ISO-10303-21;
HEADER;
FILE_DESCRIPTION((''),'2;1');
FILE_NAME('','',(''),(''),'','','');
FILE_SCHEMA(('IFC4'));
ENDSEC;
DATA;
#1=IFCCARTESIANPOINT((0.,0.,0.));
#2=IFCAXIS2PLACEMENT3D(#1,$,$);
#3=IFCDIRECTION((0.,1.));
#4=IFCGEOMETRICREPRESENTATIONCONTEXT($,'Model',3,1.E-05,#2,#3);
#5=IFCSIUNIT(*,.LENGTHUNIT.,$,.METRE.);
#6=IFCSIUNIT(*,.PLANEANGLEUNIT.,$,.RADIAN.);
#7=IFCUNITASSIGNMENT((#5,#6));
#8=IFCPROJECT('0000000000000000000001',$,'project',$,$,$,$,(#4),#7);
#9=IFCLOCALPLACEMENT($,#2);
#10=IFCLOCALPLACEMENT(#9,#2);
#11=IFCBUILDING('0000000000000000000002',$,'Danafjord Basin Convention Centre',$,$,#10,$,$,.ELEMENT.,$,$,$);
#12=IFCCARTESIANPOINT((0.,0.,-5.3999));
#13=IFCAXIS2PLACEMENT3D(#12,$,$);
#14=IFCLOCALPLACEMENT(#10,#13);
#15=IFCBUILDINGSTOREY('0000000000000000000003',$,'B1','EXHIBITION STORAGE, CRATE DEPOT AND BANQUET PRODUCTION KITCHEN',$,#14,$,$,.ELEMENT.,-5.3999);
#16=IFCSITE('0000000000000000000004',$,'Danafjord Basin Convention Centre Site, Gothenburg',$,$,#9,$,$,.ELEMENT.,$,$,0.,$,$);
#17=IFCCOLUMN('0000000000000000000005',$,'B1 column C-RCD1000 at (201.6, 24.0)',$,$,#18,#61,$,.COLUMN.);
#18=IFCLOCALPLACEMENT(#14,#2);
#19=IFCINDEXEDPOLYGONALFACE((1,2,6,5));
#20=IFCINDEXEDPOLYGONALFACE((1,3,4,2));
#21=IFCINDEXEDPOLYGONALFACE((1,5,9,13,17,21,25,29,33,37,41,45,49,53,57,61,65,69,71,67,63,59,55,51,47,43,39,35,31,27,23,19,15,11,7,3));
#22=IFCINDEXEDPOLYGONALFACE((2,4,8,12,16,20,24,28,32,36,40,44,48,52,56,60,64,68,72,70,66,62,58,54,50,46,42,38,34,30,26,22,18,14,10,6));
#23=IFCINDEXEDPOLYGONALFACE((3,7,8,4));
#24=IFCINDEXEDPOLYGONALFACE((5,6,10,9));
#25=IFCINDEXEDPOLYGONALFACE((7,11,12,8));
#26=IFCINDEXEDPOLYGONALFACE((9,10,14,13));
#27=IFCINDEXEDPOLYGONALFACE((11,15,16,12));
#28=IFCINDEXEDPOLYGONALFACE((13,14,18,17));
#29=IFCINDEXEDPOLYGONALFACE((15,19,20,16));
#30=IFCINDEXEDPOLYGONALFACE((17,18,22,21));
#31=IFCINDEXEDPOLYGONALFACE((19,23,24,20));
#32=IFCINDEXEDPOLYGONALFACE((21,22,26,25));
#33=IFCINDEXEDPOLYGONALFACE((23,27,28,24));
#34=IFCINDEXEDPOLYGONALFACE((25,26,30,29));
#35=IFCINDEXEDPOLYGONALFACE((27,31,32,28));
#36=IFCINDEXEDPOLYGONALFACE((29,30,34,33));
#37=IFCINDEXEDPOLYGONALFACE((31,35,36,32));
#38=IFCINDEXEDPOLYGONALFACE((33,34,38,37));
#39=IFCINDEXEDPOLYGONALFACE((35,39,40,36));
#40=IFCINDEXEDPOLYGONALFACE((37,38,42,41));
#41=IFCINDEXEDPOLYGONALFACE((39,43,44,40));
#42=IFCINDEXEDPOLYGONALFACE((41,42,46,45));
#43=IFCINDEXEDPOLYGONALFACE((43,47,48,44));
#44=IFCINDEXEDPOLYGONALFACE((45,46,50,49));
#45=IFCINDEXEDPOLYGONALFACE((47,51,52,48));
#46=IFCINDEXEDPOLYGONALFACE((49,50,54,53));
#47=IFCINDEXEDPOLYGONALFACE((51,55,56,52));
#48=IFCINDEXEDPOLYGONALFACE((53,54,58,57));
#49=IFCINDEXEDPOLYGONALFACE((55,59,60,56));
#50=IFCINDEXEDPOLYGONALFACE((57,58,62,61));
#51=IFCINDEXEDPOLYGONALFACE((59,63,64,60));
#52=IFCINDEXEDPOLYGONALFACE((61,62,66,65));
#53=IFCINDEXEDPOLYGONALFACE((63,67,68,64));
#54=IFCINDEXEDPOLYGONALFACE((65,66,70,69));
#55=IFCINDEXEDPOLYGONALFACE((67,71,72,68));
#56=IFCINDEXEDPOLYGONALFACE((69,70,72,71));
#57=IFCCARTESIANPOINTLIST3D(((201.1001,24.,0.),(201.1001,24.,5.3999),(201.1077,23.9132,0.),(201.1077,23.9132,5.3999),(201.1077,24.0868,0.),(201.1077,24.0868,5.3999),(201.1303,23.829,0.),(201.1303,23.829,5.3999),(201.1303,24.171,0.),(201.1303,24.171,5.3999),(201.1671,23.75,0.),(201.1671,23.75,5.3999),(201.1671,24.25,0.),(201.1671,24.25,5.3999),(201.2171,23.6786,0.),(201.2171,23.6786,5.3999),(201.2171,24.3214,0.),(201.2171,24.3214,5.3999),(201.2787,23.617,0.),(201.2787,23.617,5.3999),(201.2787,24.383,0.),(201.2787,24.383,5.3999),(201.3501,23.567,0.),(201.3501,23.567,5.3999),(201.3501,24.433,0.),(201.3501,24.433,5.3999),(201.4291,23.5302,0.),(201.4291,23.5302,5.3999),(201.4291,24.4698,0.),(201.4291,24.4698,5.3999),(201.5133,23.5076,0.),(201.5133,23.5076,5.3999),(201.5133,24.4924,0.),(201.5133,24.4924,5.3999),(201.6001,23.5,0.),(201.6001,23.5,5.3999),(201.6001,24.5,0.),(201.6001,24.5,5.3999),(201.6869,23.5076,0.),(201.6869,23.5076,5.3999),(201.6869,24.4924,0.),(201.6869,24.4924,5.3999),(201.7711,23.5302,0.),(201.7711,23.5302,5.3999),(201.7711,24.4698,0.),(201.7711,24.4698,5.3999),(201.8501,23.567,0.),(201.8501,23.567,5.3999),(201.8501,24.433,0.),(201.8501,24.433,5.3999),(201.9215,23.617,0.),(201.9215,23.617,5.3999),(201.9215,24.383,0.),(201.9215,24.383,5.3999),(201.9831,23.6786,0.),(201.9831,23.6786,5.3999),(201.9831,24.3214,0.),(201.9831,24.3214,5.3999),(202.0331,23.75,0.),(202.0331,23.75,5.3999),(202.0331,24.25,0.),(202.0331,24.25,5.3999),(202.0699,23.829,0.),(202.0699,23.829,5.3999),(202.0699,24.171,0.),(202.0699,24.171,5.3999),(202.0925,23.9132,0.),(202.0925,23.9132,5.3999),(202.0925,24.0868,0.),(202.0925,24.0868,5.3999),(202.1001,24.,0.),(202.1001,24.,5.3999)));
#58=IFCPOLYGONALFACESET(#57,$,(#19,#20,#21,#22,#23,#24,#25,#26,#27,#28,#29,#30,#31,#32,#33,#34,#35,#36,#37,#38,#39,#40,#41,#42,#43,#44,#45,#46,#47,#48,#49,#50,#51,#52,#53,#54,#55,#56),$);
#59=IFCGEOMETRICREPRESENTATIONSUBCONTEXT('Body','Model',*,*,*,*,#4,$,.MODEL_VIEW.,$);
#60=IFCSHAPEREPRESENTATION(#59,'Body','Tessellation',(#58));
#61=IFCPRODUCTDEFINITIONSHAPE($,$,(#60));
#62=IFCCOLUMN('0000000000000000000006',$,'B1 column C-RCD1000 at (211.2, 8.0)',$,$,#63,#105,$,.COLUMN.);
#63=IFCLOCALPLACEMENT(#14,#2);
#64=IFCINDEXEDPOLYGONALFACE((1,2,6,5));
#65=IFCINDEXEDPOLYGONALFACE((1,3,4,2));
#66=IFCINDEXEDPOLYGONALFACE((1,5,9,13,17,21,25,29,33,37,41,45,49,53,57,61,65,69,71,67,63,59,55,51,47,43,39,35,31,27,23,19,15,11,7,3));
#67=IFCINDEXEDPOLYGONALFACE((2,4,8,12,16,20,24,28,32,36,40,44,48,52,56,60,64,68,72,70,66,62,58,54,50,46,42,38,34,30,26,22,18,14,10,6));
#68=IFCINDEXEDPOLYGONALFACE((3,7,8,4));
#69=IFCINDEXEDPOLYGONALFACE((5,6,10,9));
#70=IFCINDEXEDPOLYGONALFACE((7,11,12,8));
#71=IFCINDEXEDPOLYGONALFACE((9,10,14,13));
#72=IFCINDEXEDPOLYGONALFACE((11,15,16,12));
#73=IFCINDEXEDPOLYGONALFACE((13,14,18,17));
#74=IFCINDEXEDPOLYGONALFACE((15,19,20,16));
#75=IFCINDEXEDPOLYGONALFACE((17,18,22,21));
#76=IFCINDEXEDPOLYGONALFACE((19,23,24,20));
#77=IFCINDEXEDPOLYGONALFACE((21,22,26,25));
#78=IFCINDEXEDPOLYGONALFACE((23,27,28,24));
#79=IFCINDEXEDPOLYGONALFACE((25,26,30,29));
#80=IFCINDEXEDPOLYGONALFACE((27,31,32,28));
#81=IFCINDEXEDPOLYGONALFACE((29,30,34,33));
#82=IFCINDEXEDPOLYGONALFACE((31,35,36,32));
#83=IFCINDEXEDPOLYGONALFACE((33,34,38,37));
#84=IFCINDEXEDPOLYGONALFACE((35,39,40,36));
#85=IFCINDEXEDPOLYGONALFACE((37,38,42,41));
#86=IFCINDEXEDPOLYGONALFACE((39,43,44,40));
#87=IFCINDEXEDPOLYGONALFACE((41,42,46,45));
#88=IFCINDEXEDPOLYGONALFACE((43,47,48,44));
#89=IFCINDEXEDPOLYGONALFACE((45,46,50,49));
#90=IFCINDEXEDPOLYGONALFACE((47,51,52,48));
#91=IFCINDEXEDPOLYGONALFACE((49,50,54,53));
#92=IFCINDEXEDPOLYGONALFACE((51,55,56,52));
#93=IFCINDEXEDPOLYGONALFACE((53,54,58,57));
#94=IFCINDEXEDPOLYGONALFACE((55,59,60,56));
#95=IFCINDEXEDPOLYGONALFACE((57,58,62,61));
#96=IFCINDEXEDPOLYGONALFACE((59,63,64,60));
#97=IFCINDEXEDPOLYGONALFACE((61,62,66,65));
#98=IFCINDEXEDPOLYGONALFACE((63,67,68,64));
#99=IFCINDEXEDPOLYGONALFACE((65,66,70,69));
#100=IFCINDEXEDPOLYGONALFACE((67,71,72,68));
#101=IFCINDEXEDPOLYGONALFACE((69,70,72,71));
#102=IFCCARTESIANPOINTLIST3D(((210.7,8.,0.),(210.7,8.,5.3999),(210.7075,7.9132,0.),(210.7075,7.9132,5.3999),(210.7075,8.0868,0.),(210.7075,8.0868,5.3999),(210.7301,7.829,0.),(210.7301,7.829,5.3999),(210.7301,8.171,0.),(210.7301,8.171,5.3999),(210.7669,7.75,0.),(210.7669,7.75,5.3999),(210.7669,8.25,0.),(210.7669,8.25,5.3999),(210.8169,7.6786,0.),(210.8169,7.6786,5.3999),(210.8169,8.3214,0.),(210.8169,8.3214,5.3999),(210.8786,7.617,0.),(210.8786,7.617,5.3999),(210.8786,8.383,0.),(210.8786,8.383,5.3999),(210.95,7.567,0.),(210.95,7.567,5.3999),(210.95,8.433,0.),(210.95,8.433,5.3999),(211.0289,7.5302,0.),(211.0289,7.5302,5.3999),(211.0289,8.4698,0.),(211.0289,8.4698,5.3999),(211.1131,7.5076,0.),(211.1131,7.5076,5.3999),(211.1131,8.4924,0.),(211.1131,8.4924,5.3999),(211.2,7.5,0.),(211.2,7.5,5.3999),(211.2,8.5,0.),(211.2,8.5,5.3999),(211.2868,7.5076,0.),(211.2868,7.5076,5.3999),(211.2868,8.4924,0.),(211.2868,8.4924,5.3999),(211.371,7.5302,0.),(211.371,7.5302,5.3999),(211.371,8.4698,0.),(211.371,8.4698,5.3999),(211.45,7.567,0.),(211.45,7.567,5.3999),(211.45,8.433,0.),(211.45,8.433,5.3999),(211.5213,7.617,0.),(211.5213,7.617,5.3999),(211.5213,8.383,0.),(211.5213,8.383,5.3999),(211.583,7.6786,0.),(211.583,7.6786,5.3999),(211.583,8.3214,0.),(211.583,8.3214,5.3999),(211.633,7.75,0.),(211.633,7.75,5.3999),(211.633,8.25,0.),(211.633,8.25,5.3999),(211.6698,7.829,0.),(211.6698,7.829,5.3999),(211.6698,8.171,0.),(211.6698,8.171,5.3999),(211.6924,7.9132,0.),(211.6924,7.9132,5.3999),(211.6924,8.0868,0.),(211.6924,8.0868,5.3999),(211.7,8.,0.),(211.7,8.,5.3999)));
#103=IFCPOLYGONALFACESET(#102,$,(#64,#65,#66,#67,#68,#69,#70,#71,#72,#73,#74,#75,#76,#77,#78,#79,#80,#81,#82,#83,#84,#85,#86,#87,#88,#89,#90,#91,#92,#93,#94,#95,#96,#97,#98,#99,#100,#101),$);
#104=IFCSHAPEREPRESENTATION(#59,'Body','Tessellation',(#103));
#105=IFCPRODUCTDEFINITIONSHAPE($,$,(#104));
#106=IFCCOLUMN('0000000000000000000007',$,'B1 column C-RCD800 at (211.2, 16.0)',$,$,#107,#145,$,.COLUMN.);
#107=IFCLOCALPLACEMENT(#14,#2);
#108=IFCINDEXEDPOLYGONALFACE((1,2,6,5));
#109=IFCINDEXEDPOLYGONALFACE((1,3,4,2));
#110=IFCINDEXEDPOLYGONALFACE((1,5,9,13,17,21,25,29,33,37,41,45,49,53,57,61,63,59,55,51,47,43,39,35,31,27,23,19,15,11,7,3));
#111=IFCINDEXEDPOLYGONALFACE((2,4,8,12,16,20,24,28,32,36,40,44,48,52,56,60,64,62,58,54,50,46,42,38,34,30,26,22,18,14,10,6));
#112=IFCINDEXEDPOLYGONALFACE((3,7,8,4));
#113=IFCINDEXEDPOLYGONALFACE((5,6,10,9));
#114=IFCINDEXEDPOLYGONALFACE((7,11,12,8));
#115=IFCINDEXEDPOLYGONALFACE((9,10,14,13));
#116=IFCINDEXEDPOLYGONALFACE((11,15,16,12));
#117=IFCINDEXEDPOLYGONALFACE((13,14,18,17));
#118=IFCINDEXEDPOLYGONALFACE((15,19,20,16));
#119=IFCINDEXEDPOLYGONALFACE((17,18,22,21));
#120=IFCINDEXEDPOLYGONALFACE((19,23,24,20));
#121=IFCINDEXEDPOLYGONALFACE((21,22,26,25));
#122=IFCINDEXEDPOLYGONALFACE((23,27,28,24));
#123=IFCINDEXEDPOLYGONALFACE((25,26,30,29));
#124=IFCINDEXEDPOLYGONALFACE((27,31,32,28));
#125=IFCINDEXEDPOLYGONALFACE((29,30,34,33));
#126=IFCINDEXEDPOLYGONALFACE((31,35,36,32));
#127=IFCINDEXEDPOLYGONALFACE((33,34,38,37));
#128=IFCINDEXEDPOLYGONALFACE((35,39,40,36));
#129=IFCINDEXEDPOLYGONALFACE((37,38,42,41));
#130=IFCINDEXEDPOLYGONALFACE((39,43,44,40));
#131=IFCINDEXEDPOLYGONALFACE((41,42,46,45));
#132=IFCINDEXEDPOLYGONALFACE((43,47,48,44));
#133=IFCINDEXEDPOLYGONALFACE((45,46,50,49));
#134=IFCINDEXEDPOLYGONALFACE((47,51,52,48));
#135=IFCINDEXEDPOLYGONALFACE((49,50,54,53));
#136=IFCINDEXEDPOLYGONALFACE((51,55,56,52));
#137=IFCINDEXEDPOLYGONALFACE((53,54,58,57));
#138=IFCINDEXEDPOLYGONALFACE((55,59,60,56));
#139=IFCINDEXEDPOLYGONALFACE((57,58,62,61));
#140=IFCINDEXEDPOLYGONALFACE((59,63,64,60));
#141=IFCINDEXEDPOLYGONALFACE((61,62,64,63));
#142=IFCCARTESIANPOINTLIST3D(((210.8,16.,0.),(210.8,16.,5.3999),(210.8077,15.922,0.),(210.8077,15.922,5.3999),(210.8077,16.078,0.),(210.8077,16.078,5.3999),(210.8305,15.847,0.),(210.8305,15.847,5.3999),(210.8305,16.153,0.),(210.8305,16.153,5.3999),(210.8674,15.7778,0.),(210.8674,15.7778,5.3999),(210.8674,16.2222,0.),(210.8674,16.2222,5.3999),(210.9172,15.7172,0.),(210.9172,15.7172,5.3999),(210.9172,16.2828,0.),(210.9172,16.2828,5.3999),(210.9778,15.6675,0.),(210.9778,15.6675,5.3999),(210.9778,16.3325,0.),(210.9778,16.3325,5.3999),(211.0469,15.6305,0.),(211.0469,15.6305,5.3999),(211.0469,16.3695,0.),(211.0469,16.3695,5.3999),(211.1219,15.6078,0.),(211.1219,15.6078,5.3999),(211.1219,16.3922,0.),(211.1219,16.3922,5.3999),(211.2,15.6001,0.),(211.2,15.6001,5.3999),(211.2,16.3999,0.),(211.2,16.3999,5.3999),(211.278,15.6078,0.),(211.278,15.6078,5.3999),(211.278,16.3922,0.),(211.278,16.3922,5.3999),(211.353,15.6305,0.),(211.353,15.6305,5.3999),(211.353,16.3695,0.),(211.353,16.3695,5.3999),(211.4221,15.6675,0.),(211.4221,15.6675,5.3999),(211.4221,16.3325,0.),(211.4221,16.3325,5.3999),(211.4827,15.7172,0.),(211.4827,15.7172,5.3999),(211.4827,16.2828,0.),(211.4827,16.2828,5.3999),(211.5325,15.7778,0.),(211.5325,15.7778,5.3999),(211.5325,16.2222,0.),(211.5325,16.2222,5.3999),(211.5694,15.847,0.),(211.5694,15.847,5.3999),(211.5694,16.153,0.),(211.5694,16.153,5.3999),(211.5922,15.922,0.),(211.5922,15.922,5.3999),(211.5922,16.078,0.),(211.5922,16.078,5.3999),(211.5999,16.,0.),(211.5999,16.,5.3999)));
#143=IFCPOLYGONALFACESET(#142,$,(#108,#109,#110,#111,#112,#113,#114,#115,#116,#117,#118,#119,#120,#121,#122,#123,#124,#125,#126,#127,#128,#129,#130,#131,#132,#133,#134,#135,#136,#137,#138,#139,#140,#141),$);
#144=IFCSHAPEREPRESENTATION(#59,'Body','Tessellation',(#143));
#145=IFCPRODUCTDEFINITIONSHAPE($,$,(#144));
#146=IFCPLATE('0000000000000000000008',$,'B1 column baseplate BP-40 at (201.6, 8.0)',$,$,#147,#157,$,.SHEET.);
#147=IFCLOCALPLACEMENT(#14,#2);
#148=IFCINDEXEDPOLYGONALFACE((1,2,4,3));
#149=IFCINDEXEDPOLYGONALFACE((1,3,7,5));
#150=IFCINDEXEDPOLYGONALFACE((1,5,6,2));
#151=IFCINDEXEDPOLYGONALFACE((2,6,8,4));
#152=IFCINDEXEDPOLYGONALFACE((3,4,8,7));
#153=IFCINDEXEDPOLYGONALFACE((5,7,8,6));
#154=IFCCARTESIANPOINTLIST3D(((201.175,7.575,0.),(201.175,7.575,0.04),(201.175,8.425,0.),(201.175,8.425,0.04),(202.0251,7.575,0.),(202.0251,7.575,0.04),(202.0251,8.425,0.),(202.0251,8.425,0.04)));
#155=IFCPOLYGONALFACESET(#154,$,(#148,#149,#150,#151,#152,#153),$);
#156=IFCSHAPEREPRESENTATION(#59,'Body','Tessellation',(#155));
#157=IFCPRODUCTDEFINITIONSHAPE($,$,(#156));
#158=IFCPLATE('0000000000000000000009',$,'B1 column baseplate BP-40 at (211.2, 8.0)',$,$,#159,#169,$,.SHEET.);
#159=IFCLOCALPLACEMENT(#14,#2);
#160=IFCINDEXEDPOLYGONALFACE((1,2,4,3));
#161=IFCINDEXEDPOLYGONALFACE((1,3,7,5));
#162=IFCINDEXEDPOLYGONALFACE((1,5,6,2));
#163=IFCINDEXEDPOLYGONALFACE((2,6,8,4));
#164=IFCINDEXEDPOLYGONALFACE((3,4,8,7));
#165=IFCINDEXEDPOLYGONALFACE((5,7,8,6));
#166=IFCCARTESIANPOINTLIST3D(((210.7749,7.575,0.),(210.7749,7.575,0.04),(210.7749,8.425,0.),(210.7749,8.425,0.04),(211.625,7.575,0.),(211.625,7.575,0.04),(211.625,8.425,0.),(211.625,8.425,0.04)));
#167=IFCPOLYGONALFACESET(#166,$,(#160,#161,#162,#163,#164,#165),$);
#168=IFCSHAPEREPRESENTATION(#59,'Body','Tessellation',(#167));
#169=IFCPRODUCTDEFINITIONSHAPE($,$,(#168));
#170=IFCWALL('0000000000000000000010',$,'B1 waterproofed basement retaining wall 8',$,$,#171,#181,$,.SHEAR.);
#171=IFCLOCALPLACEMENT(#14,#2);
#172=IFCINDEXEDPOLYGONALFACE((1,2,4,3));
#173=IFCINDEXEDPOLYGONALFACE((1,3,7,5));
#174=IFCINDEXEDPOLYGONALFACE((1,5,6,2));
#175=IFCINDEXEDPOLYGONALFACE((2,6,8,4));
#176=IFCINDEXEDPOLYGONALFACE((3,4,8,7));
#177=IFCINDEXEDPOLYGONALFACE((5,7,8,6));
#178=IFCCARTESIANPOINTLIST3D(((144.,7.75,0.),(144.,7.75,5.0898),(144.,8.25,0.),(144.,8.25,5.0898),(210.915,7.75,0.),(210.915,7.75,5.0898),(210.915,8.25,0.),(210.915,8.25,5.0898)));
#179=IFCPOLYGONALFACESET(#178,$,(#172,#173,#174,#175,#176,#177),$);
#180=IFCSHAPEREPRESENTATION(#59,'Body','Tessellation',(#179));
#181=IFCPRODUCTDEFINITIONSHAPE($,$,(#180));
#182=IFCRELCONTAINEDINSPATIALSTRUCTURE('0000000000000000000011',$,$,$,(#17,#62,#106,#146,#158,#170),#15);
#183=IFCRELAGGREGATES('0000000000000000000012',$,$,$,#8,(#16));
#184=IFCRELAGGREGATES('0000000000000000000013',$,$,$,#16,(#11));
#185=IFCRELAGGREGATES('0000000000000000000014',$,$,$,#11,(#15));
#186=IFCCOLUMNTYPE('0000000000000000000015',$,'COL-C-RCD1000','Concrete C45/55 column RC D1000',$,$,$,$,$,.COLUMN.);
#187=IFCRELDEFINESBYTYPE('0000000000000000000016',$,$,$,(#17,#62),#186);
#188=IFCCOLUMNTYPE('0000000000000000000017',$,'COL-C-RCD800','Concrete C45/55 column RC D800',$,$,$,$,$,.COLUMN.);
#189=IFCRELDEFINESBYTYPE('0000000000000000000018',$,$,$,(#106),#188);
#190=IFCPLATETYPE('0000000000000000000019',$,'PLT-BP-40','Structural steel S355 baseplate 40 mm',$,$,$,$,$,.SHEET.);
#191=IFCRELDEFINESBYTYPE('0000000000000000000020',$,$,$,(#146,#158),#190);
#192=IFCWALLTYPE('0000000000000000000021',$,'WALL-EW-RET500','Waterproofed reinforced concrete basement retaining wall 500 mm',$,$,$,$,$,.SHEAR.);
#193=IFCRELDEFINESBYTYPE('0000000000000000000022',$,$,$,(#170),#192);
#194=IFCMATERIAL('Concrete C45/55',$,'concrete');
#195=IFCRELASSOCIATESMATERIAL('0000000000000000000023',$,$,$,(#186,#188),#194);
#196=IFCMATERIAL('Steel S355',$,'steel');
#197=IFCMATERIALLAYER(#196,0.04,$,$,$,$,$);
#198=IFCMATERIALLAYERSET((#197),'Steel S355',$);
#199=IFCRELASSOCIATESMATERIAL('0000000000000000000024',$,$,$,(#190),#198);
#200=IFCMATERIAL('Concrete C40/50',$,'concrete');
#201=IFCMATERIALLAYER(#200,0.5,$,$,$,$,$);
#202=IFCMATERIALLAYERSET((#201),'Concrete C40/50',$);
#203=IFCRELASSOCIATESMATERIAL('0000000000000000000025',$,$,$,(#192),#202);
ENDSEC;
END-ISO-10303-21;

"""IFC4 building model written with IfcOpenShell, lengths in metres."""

from ifc_helpers import new_model, si_unit, direction, frame, frame_2d, origin, origin_2d, place, context, subcontext, project, spatial, rectangle, circle, extrude, material, layer, layer_set, material_profile, profile_set, type_object, element, save


model = new_model("IFC4")

# Units and contexts
model_context = context("Model", 3, precision=1e-05, world=origin(), true_north=direction((0.0, 1.0)))
body_context = subcontext(model_context, "Body", "Model", "MODEL_VIEW")
ifc_project = project(units=[si_unit("LENGTHUNIT", "METRE"), si_unit("PLANEANGLEUNIT", "RADIAN")], contexts=[model_context])

# Site, building, storey
site_placement = place(None, origin())
site = spatial("IfcSite", under=ifc_project, at=site_placement, Name="Danafjord Basin Convention Centre Site, Gothenburg", CompositionType="ELEMENT", RefElevation=0.0)
building_placement = place(site_placement, origin())
building = spatial("IfcBuilding", under=site, at=building_placement, Name="Danafjord Basin Convention Centre", CompositionType="ELEMENT")
storey_placement = place(building_placement, frame((0.0, 0.0, -5.3999)))
storey = spatial("IfcBuildingStorey", under=building, at=storey_placement, Name="B1", Description="EXHIBITION STORAGE, CRATE DEPOT AND BANQUET PRODUCTION KITCHEN", CompositionType="ELEMENT", Elevation=-5.3999)

# Shared definitions
ifc_material_1 = material(Name="Concrete C40/50", Category="concrete")

# Columns
ifc_material_2 = material(Name="Concrete C45/55", Category="concrete")
ifc_material_profile_1 = material_profile(ifc_material_2, circle(Radius=0.5, at=origin_2d()), Name="RC D1000")
ifc_profile_set_1 = profile_set([ifc_material_profile_1], Name="Concrete C45/55")
column_type_1 = type_object("IfcColumnType", Name="COL-C-RCD1000", Description="Concrete C45/55 column RC D1000", PredefinedType="COLUMN", material=ifc_profile_set_1)
for number, where, z_axis, x_axis, name in (
    (1, (201.6001, 24.0, 0.0), (0.0, 0.0, 1.0), (1.0, 0.0, 0.0), "B1 column C-RCD1000 at (201.6, 24.0)"),
    (2, (211.2, 8.0, 0.0), (0.0, 0.0, 1.0), (1.0, 0.0, 0.0), "B1 column C-RCD1000 at (211.2, 8.0)"),
):
    element("IfcColumn", number, at=place(storey_placement, frame(where, z_axis=z_axis, x_axis=x_axis)), inside=storey, type_object=column_type_1, Name=name, PredefinedType="COLUMN", context=body_context, shape_type="SweptSolid", body=[
        extrude(circle(Radius=0.5, at=origin_2d()), origin(), (0.0, 0.0, 1.0), 5.3999),
    ])
ifc_material_profile_2 = material_profile(ifc_material_2, circle(Radius=0.3999, at=origin_2d()), Name="RC D800")
ifc_profile_set_2 = profile_set([ifc_material_profile_2], Name="Concrete C45/55")
column_type_2 = type_object("IfcColumnType", Name="COL-C-RCD800", Description="Concrete C45/55 column RC D800", PredefinedType="COLUMN", material=ifc_profile_set_2)
column_1_placement = place(storey_placement, frame((211.2, 16.0, 0.0), z_axis=(0.0, 0.0, 1.0), x_axis=(1.0, 0.0, 0.0)))
element("IfcColumn", 3, at=column_1_placement, inside=storey, type_object=column_type_2, Name="B1 column C-RCD800 at (211.2, 16.0)", PredefinedType="COLUMN", context=body_context, shape_type="SweptSolid", body=[
    extrude(circle(Radius=0.3999, at=origin_2d()), origin(), (0.0, 0.0, 1.0), 5.3999),
])

# Plates
ifc_material_3 = material(Name="Steel S355", Category="steel")
ifc_layer_1 = layer(ifc_material_3, 0.04)
ifc_layer_set_1 = layer_set([ifc_layer_1], Name="Steel S355")
plate_type = type_object("IfcPlateType", Name="PLT-BP-40", Description="Structural steel S355 baseplate 40 mm", PredefinedType="SHEET", material=ifc_layer_set_1)
for number, where, z_axis, x_axis, name in (
    (4, (201.6001, 8.0, 0.0), (0.0, 0.0, 1.0), (1.0, 0.0, 0.0), "B1 column baseplate BP-40 at (201.6, 8.0)"),
    (5, (211.2, 8.0, 0.0), (0.0, 0.0, 1.0), (1.0, 0.0, 0.0), "B1 column baseplate BP-40 at (211.2, 8.0)"),
):
    element("IfcPlate", number, at=place(storey_placement, frame(where, z_axis=z_axis, x_axis=x_axis)), inside=storey, type_object=plate_type, Name=name, PredefinedType="SHEET", context=body_context, shape_type="SweptSolid", body=[
        extrude(rectangle(XDim=0.8501, YDim=0.8501, at=origin_2d()), origin(), (0.0, 0.0, 1.0), 0.04),
    ])

# Wall
ifc_layer_2 = layer(ifc_material_1, 0.5)
ifc_layer_set_2 = layer_set([ifc_layer_2], Name="Concrete C40/50")
wall_type_1 = type_object("IfcWallType", Name="WALL-EW-RET500", Description="Waterproofed reinforced concrete basement retaining wall 500 mm", PredefinedType="SHEAR", material=ifc_layer_set_2)
wall_1_placement = place(storey_placement, frame((210.915, 8.0, 0.0), z_axis=(0.0, 0.0, 1.0), x_axis=(-1.0, 0.0, 0.0)))
element("IfcWall", 6, at=wall_1_placement, inside=storey, type_object=wall_type_1, Name="B1 waterproofed basement retaining wall 8", PredefinedType="SHEAR", context=body_context, shape_type="SweptSolid", body=[
    extrude(rectangle(XDim=66.915, YDim=0.5, at=frame_2d((33.4575, 0.0))), origin(), (0.0, 0.0, 1.0), 5.0898),
])

save(model, "model.ifc")
